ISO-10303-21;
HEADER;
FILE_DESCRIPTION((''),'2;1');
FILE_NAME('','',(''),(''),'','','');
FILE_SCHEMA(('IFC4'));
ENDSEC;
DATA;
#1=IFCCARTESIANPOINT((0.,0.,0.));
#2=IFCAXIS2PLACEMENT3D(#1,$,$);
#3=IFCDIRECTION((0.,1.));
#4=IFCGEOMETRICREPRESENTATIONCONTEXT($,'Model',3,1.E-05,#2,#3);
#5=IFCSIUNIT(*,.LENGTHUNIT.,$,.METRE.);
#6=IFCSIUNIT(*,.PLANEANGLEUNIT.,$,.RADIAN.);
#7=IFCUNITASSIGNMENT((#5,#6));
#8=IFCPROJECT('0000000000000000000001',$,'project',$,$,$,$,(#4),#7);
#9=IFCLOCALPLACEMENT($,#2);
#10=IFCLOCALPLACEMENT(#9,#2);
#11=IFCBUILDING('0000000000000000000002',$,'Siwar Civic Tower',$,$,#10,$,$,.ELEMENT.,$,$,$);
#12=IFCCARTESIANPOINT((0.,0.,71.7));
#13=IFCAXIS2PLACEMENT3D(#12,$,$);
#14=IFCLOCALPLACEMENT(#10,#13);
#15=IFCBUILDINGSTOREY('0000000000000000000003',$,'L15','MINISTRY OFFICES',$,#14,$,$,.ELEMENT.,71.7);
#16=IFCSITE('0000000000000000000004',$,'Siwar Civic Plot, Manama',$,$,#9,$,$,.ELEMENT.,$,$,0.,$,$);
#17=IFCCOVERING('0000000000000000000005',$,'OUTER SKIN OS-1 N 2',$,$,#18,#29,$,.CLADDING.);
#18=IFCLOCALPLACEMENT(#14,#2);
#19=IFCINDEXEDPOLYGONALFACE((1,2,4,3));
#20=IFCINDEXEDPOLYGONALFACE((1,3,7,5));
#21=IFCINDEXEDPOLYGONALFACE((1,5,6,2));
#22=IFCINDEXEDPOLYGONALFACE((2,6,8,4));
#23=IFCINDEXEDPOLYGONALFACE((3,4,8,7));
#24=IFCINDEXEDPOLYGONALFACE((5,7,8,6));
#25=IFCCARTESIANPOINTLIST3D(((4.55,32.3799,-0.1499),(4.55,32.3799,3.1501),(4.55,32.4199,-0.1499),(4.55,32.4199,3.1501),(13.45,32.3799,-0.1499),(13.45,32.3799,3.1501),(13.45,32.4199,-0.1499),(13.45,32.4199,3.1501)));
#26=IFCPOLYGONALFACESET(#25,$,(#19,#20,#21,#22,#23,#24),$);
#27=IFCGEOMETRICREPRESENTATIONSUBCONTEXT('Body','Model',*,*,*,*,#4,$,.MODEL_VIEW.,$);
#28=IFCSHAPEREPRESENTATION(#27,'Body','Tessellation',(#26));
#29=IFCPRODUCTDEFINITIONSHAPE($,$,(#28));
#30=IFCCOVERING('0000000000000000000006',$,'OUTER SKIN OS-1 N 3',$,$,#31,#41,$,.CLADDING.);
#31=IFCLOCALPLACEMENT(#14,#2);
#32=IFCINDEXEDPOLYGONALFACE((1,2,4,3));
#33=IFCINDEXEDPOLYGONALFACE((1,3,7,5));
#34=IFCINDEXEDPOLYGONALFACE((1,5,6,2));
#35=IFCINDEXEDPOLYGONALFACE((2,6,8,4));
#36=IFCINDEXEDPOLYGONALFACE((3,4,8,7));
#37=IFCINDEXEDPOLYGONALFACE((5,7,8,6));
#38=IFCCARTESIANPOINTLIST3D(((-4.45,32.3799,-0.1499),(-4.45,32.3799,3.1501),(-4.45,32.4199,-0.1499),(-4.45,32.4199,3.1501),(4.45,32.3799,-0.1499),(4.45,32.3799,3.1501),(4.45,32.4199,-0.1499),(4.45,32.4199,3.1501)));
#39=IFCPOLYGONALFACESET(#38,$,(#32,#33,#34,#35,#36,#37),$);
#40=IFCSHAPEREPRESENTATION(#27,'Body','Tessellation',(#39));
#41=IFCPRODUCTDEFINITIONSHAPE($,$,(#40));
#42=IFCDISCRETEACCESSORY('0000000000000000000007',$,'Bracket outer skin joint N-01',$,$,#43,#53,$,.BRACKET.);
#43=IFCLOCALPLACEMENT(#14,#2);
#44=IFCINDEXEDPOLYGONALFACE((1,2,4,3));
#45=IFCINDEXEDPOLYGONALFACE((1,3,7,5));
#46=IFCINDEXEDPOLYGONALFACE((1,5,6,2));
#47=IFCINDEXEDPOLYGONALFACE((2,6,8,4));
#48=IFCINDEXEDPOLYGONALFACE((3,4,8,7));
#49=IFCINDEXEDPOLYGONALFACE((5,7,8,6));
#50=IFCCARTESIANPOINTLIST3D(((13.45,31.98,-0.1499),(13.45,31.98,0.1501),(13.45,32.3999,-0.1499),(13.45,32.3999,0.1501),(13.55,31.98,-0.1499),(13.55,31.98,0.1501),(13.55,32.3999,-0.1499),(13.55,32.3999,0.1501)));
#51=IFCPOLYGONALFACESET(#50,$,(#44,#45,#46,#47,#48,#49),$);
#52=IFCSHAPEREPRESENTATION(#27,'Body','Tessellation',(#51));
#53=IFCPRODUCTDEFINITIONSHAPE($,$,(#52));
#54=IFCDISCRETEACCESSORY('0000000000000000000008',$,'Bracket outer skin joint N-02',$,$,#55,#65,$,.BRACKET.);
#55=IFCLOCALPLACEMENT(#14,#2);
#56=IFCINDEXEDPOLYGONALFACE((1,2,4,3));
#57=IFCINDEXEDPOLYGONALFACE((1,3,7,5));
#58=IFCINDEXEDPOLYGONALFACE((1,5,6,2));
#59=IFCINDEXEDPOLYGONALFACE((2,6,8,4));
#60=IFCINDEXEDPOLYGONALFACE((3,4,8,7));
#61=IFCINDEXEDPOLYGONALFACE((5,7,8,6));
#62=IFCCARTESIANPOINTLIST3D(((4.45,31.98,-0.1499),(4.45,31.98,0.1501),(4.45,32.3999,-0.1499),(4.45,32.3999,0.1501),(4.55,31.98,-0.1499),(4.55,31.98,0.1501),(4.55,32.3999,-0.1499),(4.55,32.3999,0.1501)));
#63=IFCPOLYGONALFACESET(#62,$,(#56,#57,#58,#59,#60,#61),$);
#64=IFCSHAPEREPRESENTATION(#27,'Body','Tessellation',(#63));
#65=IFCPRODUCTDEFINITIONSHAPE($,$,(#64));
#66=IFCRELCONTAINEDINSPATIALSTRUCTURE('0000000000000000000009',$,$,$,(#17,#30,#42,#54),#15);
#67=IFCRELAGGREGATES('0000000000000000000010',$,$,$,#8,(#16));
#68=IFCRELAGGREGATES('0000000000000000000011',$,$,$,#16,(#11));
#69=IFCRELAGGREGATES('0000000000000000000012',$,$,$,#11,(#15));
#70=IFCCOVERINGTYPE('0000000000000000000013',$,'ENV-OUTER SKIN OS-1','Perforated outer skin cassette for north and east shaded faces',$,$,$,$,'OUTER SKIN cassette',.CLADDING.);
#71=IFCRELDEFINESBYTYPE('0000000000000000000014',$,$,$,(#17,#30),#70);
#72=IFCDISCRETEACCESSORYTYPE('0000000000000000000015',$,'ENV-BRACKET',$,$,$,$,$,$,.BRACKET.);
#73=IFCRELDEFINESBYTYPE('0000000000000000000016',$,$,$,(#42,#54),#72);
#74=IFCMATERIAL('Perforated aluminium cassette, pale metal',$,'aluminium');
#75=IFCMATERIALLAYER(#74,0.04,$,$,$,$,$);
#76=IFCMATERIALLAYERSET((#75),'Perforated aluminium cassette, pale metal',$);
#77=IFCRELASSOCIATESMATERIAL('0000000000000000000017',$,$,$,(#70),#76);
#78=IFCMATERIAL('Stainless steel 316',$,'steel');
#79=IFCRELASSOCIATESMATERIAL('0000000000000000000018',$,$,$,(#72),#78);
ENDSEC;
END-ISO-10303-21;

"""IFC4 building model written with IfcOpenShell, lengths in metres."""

from ifc_helpers import new_model, si_unit, direction, frame, origin, origin_2d, place, context, subcontext, project, spatial, rectangle, extrude, material, layer, layer_set, type_object, element, save


model = new_model("IFC4")

# Units and contexts
model_context = context("Model", 3, precision=1e-05, world=origin(), true_north=direction((0.0, 1.0)))
body_context = subcontext(model_context, "Body", "Model", "MODEL_VIEW")
ifc_project = project(units=[si_unit("LENGTHUNIT", "METRE"), si_unit("PLANEANGLEUNIT", "RADIAN")], contexts=[model_context])

# Site, building, storey
site_placement = place(None, origin())
site = spatial("IfcSite", under=ifc_project, at=site_placement, Name="Siwar Civic Plot, Manama", CompositionType="ELEMENT", RefElevation=0.0)
building_placement = place(site_placement, origin())
building = spatial("IfcBuilding", under=site, at=building_placement, Name="Siwar Civic Tower", CompositionType="ELEMENT")
storey_placement = place(building_placement, frame((0.0, 0.0, 71.7)))
storey = spatial("IfcBuildingStorey", under=building, at=storey_placement, Name="L15", Description="MINISTRY OFFICES", CompositionType="ELEMENT", Elevation=71.7)

# Coverings
ifc_material_1 = material(Name="Perforated aluminium cassette, pale metal", Category="aluminium")
ifc_layer_1 = layer(ifc_material_1, 0.04)
ifc_layer_set_1 = layer_set([ifc_layer_1], Name="Perforated aluminium cassette, pale metal")
covering_type = type_object("IfcCoveringType", Name="ENV-OUTER SKIN OS-1", Description="Perforated outer skin cassette for north and east shaded faces", ElementType="OUTER SKIN cassette", PredefinedType="CLADDING", material=ifc_layer_set_1)
for number, where, z_axis, x_axis, name in (
    (1, (9.0, 32.3999, -0.1499), (0.0, 0.0, 1.0), (-1.0, 0.0, 0.0), "OUTER SKIN OS-1 N 2"),
    (2, (0.0, 32.3999, -0.1499), (0.0, 0.0, 1.0), (-1.0, 0.0, 0.0), "OUTER SKIN OS-1 N 3"),
):
    element("IfcCovering", number, at=place(storey_placement, frame(where, z_axis=z_axis, x_axis=x_axis)), inside=storey, type_object=covering_type, Name=name, PredefinedType="CLADDING", context=body_context, shape_type="SweptSolid", body=[
        extrude(rectangle(XDim=8.8999, YDim=0.04, at=origin_2d()), origin(), (0.0, 0.0, 1.0), 3.3),
    ])

# Discrete accessories
ifc_material_2 = material(Name="Stainless steel 316", Category="steel")
discrete_accessory_type = type_object("IfcDiscreteAccessoryType", Name="ENV-BRACKET", PredefinedType="BRACKET", material=ifc_material_2)
for number, where, z_axis, x_axis, name in (
    (3, (13.5, 32.1899, -0.1499), (0.0, 0.0, 1.0), (0.0, 1.0, 0.0), "Bracket outer skin joint N-01"),
    (4, (4.5, 32.1899, -0.1499), (0.0, 0.0, 1.0), (0.0, 1.0, 0.0), "Bracket outer skin joint N-02"),
):
    element("IfcDiscreteAccessory", number, at=place(storey_placement, frame(where, z_axis=z_axis, x_axis=x_axis)), inside=storey, type_object=discrete_accessory_type, Name=name, PredefinedType="BRACKET", context=body_context, shape_type="SweptSolid", body=[
        extrude(rectangle(XDim=0.4199, YDim=0.1001, at=origin_2d()), origin(), (0.0, 0.0, 1.0), 0.3),
    ])

save(model, "model.ifc")
